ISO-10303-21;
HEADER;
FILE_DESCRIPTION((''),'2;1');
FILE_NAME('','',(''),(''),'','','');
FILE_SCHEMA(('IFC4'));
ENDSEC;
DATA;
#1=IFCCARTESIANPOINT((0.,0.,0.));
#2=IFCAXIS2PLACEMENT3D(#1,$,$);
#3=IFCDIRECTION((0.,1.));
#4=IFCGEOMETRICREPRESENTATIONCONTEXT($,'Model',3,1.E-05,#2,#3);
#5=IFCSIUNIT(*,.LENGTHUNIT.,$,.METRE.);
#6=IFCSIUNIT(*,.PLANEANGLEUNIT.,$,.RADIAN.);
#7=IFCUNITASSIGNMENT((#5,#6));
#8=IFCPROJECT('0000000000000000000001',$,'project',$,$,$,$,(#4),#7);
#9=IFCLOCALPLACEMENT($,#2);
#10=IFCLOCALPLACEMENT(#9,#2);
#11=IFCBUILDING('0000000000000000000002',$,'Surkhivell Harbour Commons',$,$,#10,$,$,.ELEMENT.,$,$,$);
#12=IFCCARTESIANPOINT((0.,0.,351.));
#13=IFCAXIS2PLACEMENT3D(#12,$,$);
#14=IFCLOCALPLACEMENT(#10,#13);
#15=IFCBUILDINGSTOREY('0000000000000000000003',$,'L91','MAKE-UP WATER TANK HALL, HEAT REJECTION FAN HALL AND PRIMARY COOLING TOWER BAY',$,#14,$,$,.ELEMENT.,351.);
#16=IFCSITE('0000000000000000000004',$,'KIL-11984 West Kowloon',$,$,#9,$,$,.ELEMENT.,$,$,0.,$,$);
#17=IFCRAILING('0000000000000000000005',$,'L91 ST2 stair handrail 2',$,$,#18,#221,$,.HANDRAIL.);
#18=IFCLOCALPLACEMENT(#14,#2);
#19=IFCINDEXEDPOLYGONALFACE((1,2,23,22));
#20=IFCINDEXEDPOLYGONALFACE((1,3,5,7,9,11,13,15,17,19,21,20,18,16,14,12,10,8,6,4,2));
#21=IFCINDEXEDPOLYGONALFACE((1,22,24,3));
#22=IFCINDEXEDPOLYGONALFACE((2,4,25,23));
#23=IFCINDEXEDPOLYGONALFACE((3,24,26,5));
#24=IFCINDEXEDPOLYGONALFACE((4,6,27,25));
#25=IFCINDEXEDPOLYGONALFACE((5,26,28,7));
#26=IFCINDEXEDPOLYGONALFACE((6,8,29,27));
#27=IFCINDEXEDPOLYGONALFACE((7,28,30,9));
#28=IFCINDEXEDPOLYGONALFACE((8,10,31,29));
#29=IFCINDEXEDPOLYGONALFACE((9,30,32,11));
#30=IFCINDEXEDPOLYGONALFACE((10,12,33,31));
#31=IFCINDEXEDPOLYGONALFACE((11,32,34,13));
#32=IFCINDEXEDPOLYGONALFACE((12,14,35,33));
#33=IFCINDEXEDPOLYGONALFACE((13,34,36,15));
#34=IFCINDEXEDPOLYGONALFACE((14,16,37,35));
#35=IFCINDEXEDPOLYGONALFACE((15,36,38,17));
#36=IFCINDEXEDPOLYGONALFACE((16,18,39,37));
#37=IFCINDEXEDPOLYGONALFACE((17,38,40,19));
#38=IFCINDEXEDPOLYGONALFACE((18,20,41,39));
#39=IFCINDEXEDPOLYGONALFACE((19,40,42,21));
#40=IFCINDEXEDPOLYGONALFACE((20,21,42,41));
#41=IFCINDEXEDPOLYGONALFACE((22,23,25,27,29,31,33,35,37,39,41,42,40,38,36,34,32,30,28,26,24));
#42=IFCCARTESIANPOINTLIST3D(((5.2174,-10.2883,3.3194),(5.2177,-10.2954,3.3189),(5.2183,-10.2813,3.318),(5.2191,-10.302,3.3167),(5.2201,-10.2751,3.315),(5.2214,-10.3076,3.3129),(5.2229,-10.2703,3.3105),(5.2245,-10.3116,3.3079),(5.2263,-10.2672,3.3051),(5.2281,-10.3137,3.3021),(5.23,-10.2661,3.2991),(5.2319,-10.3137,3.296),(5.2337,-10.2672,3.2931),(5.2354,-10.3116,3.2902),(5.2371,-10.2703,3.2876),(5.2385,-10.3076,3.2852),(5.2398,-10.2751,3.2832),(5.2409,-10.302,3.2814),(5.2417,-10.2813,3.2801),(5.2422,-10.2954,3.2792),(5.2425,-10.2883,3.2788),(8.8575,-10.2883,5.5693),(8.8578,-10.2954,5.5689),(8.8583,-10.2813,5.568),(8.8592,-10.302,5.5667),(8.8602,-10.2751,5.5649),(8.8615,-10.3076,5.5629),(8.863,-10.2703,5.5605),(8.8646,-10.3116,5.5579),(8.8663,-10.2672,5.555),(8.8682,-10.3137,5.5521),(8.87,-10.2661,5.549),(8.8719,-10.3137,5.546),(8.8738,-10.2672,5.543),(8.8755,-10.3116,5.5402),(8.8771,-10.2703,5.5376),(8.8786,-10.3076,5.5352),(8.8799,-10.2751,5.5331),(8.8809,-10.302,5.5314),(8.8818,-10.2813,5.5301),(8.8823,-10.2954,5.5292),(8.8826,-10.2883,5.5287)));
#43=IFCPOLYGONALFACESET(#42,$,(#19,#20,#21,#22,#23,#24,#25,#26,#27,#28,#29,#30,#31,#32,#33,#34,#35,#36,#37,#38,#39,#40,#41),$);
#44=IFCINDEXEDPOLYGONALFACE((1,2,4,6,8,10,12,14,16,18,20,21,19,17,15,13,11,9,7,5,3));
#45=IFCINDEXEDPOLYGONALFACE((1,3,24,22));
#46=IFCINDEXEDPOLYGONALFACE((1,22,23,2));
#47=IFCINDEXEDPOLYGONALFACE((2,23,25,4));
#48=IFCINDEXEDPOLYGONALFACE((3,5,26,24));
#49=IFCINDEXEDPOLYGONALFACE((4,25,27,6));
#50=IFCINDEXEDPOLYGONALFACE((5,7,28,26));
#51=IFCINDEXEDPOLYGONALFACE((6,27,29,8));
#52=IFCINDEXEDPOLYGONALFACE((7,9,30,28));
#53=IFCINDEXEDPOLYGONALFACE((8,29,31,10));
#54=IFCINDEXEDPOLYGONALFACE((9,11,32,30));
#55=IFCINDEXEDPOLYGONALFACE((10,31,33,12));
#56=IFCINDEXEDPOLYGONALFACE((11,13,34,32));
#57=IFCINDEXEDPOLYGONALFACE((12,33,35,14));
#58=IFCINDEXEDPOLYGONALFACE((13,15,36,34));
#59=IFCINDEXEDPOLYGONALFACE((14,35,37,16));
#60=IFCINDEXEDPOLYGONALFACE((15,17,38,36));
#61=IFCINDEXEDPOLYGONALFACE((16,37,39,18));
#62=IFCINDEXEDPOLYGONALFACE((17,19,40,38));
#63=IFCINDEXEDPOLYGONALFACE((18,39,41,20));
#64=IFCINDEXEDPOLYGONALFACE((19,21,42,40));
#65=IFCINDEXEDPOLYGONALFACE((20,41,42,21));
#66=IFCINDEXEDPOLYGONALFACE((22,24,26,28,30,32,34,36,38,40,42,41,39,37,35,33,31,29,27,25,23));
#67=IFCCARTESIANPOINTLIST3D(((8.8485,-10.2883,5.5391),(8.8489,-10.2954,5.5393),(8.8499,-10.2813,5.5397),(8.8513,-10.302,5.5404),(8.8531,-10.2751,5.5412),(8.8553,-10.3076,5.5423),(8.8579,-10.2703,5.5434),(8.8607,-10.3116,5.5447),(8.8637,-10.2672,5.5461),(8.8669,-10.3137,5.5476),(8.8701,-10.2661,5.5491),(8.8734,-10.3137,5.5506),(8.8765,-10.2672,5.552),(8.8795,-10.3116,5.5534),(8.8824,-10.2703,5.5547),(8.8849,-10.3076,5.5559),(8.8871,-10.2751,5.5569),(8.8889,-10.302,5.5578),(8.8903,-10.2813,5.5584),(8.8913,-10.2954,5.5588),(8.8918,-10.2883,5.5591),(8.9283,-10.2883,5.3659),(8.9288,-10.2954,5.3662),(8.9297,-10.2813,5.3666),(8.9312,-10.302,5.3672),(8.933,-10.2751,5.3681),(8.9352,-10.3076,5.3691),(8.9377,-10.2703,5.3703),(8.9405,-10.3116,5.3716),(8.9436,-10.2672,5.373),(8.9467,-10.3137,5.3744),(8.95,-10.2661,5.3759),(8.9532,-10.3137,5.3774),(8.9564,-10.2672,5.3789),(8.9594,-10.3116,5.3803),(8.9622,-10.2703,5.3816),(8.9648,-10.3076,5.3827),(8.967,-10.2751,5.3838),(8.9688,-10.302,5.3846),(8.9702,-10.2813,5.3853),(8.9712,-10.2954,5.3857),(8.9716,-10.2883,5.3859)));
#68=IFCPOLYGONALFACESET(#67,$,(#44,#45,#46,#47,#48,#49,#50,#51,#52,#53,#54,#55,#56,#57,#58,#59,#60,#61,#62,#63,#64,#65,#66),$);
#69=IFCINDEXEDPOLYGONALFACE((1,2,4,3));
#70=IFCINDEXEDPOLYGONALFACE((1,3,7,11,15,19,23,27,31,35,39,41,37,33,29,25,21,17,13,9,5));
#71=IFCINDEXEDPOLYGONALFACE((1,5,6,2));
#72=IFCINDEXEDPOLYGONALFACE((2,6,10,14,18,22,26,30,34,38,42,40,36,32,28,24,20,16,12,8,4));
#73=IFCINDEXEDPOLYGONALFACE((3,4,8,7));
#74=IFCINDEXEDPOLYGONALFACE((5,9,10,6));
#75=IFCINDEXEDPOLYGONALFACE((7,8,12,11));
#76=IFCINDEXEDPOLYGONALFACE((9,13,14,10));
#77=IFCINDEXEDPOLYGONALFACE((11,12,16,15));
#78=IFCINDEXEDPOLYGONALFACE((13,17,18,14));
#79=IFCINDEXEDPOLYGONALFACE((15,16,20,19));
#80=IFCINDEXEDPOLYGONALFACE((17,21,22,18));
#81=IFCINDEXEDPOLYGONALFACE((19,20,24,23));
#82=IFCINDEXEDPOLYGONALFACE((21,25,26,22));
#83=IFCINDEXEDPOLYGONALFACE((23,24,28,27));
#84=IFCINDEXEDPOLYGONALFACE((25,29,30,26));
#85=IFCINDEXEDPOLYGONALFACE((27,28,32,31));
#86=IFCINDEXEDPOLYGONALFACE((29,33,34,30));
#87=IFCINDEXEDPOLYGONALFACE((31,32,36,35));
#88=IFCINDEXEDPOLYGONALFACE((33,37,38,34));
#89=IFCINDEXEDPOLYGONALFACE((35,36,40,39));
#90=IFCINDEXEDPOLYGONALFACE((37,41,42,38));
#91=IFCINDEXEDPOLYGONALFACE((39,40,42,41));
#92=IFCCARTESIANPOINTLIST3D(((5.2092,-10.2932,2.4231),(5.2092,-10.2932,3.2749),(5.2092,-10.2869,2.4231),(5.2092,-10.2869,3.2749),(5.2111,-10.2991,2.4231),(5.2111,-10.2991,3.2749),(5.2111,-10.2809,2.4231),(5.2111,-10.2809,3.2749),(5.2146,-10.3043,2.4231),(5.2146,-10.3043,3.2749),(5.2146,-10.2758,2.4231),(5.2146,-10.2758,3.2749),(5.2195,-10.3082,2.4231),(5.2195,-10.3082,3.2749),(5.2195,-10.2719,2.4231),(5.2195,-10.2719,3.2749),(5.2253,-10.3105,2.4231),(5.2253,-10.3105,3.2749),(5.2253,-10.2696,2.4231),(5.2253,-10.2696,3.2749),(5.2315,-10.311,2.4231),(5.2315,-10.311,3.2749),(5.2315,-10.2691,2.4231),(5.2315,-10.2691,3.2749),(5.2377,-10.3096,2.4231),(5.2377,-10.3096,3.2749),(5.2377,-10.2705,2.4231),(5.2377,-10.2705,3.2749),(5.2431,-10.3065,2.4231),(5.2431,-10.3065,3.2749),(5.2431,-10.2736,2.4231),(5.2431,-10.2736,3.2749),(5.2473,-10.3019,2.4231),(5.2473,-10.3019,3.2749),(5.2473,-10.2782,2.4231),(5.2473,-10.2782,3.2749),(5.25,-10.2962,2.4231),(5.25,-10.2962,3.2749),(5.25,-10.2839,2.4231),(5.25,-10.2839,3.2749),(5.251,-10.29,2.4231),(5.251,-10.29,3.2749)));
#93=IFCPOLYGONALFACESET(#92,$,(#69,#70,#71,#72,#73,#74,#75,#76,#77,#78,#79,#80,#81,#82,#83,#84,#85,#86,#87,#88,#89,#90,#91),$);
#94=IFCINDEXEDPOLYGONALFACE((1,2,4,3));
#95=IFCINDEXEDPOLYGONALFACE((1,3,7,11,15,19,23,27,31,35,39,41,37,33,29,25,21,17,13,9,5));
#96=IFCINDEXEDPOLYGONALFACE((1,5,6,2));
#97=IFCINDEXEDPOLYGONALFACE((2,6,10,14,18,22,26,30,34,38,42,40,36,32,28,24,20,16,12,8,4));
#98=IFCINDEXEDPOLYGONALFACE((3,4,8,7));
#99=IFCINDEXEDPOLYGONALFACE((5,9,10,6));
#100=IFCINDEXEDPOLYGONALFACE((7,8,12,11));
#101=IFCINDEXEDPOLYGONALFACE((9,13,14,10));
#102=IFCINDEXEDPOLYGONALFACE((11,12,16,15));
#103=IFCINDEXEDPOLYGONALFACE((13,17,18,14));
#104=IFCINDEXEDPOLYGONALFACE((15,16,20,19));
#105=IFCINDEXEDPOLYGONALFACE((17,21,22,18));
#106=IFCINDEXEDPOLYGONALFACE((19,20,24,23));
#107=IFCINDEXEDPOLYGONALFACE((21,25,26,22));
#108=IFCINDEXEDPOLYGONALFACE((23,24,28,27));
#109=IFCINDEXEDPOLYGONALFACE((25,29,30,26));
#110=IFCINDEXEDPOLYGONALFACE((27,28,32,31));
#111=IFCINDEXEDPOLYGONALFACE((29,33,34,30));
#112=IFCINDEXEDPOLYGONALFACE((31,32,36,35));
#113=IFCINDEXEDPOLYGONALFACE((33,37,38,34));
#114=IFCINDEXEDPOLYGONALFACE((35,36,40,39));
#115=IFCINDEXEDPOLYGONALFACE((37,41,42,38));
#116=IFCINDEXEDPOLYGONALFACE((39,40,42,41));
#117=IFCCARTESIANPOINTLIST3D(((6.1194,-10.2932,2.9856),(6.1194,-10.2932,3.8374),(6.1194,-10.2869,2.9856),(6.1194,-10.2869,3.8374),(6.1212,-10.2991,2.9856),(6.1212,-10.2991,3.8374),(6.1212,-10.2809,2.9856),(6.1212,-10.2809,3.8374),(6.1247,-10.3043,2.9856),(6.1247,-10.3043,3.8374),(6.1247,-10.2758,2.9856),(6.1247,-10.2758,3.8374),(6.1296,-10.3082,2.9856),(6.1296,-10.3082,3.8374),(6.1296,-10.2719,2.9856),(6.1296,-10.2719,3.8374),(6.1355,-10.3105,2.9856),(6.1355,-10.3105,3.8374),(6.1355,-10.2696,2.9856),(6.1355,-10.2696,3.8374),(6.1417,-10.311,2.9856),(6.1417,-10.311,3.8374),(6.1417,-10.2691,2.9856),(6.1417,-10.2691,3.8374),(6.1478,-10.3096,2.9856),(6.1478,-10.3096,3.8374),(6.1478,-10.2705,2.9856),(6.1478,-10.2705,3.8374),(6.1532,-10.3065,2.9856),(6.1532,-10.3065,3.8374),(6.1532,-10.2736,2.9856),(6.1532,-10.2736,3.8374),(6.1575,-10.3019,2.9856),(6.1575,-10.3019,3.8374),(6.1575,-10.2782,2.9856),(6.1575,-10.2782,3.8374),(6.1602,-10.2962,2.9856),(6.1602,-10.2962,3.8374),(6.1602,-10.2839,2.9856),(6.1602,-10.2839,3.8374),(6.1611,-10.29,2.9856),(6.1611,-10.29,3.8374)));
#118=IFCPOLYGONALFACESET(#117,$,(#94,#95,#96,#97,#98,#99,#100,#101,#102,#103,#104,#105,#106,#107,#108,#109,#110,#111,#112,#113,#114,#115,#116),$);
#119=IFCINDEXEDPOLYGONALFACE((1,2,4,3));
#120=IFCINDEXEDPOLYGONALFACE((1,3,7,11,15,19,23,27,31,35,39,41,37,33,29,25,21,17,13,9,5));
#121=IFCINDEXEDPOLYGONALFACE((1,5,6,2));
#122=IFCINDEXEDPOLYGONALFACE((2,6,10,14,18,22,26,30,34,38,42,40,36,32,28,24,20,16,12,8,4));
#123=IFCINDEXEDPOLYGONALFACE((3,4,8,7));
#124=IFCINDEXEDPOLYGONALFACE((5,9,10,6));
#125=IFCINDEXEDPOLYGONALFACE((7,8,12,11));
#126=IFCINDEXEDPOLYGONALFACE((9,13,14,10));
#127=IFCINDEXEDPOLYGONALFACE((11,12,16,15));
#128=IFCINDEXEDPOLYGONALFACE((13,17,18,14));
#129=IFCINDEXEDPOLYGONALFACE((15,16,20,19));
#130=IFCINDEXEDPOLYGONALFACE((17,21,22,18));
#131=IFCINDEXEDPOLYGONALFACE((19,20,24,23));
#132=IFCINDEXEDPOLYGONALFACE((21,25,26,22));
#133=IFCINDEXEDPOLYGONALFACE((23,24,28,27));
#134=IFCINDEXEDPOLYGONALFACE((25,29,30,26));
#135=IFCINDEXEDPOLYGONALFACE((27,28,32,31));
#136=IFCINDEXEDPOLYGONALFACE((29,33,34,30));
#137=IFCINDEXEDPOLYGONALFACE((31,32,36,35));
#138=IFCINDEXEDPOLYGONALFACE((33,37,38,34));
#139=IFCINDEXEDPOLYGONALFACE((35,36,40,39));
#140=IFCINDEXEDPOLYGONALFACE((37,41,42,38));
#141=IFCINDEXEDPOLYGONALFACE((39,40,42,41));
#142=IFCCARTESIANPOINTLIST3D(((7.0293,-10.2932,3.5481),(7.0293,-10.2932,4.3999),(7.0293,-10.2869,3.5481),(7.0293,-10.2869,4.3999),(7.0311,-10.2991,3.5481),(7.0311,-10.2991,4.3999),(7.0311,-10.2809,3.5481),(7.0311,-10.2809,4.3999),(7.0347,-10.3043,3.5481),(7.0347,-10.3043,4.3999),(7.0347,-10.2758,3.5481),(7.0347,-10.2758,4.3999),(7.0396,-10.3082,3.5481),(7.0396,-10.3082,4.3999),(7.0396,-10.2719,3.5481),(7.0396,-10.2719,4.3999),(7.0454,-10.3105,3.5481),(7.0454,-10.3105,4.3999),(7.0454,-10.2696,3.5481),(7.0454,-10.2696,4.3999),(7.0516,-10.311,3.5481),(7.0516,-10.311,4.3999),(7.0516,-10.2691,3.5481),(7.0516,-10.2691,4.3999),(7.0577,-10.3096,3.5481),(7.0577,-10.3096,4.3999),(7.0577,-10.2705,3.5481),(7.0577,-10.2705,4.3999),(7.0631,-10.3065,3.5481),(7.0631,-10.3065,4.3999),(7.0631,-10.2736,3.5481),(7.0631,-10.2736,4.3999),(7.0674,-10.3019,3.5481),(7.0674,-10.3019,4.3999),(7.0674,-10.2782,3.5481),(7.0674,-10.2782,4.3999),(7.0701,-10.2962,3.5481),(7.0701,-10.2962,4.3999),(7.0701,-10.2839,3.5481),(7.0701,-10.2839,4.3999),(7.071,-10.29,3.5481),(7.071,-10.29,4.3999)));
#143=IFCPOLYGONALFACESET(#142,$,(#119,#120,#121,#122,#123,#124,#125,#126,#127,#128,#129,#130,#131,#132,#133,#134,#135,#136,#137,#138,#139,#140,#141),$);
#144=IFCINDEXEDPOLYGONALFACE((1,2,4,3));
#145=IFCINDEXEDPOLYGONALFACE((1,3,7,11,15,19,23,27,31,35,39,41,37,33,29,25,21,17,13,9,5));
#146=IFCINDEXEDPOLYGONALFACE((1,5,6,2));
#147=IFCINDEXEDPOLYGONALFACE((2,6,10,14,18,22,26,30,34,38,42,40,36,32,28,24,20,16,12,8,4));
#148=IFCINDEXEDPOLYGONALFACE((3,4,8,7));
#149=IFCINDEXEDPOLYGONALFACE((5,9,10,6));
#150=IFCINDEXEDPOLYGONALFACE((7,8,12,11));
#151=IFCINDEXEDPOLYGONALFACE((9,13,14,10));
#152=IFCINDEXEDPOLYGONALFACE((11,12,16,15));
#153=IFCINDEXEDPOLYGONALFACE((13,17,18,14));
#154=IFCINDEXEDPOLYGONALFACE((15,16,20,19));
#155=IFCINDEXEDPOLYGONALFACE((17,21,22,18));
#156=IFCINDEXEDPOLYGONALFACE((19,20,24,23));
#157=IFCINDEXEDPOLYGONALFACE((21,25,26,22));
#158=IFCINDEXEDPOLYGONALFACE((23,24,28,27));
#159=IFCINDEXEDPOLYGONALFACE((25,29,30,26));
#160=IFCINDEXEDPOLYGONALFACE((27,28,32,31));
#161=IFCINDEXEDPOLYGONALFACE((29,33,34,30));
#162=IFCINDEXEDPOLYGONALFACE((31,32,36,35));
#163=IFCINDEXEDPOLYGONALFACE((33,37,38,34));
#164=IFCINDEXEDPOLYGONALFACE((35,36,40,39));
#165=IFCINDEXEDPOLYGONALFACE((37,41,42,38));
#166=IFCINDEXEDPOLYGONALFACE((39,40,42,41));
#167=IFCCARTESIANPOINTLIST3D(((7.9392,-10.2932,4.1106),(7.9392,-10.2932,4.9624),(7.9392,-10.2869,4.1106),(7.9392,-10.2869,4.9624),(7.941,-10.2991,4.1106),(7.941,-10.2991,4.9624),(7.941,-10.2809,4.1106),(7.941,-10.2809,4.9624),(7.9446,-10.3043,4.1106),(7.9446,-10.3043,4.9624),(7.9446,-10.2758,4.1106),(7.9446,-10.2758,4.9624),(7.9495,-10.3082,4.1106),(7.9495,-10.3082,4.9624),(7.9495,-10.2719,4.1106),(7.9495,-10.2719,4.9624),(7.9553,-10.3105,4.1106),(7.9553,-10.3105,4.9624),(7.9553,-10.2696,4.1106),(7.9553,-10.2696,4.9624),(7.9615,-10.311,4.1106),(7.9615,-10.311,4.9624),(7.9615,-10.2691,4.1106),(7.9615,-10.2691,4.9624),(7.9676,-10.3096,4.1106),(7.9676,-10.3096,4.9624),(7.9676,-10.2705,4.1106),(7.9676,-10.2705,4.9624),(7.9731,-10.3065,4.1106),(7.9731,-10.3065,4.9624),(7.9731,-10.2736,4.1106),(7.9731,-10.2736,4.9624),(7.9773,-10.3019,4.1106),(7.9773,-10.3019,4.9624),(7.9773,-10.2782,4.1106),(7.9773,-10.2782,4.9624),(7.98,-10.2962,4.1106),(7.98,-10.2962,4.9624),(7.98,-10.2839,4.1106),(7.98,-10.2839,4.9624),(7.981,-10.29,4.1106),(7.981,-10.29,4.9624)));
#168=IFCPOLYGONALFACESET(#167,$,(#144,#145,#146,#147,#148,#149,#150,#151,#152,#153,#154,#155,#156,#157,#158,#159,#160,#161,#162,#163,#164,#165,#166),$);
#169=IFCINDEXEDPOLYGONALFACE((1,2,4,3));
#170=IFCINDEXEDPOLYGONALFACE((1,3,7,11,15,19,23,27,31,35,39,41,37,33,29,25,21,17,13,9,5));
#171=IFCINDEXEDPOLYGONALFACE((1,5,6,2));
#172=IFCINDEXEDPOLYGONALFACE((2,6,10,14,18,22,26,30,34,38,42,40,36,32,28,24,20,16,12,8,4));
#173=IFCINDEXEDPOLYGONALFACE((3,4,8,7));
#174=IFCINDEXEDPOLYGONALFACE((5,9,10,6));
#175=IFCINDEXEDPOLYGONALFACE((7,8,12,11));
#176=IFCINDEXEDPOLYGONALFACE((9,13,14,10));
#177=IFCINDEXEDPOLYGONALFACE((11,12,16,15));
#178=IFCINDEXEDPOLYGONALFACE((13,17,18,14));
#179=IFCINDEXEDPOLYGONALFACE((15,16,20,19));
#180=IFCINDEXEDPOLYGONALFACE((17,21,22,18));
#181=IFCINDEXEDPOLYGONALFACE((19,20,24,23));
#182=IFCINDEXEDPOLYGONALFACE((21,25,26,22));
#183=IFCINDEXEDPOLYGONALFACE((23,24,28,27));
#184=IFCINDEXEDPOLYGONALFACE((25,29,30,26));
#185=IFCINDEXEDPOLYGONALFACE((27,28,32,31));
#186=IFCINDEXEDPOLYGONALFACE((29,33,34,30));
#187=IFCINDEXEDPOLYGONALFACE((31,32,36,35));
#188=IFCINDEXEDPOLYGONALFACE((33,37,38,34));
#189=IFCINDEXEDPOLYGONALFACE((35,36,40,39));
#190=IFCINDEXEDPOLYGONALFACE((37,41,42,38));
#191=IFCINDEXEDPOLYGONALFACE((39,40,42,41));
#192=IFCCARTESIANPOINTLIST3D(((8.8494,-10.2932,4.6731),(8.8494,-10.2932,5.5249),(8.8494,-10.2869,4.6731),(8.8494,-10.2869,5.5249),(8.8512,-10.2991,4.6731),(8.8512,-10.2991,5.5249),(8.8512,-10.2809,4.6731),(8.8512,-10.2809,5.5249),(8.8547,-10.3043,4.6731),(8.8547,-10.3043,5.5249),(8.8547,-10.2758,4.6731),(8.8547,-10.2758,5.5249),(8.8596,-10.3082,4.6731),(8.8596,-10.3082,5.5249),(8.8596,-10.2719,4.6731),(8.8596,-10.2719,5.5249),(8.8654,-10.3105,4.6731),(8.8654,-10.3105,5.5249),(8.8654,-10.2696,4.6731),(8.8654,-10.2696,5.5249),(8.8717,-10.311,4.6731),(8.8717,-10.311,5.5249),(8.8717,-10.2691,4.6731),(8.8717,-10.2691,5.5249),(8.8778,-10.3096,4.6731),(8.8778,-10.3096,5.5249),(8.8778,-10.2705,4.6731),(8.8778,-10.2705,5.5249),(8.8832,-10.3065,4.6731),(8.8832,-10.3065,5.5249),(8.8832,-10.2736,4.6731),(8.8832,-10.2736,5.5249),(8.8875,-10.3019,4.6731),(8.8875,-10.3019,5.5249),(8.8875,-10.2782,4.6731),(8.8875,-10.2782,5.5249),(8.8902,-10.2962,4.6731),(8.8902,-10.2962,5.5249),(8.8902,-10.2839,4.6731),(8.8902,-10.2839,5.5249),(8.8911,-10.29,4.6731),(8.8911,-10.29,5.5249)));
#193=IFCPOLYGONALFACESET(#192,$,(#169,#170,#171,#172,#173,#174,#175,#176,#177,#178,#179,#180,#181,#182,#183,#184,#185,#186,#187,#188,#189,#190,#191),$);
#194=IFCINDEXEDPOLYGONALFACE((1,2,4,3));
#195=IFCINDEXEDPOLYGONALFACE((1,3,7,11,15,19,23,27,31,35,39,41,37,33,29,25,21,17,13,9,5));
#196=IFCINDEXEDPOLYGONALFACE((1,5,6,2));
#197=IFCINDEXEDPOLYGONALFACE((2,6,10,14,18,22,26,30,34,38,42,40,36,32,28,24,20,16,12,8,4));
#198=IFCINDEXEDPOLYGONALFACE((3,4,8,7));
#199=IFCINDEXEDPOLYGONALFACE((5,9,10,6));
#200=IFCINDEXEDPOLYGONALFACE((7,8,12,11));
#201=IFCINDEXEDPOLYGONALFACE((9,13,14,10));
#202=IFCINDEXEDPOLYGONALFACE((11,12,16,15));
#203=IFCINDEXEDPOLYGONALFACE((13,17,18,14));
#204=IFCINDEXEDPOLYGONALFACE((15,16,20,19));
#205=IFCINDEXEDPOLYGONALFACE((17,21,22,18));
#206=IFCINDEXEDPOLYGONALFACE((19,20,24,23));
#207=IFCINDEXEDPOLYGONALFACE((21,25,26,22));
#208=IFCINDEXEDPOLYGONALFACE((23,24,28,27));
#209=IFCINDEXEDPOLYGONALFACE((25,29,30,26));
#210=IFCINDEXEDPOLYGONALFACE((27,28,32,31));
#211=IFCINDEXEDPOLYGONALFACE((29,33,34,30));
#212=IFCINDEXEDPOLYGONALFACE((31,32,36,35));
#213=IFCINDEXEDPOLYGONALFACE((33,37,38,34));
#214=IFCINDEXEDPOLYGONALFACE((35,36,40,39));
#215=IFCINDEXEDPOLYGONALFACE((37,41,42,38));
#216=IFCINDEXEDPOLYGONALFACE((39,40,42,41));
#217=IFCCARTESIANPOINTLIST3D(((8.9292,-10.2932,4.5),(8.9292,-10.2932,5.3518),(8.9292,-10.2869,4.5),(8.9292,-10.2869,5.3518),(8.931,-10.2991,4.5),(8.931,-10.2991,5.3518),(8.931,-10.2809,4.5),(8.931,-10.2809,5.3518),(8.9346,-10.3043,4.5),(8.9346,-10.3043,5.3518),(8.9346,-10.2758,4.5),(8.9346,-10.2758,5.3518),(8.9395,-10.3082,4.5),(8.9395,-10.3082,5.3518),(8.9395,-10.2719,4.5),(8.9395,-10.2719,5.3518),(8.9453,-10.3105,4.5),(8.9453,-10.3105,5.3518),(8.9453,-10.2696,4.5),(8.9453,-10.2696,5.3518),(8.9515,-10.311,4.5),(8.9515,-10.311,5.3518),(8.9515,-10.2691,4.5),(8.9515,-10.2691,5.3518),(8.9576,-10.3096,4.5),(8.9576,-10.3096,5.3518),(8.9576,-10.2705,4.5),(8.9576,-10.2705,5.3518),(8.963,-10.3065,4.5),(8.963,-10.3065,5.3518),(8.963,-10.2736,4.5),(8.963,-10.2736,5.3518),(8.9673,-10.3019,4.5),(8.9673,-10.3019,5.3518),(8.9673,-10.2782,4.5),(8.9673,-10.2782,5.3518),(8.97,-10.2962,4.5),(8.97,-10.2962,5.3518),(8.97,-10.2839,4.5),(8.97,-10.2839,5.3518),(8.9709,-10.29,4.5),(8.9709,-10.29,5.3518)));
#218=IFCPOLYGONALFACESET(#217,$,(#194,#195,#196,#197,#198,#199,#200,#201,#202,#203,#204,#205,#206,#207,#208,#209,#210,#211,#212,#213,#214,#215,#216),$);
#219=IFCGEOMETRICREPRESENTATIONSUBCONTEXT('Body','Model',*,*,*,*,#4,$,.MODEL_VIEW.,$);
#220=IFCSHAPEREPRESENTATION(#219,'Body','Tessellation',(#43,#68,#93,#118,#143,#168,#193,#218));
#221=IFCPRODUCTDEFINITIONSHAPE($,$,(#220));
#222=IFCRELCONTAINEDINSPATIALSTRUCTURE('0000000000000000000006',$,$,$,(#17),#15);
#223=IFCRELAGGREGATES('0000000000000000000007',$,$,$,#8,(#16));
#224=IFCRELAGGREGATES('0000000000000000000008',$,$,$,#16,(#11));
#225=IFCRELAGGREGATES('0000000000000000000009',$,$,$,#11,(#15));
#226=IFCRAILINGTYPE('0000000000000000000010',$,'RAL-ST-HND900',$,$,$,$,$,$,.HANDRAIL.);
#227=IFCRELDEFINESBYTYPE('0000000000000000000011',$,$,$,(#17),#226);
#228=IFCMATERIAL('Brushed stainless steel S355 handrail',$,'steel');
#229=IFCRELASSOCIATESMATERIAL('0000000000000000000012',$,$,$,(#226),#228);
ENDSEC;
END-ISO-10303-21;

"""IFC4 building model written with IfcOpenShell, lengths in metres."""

from ifc_helpers import new_model, si_unit, direction, frame, origin, origin_2d, place, context, subcontext, project, spatial, circle, extrude, material, type_object, element, save


model = new_model("IFC4")

# Units and contexts
model_context = context("Model", 3, precision=1e-05, world=origin(), true_north=direction((0.0, 1.0)))
body_context = subcontext(model_context, "Body", "Model", "MODEL_VIEW")
ifc_project = project(units=[si_unit("LENGTHUNIT", "METRE"), si_unit("PLANEANGLEUNIT", "RADIAN")], contexts=[model_context])

# Site, building, storey
site_placement = place(None, origin())
site = spatial("IfcSite", under=ifc_project, at=site_placement, Name="KIL-11984 West Kowloon", CompositionType="ELEMENT", RefElevation=0.0)
building_placement = place(site_placement, origin())
building = spatial("IfcBuilding", under=site, at=building_placement, Name="Surkhivell Harbour Commons", CompositionType="ELEMENT")
storey_placement = place(building_placement, frame((0.0, 0.0, 351.0)))
storey = spatial("IfcBuildingStorey", under=building, at=storey_placement, Name="L91", Description="MAKE-UP WATER TANK HALL, HEAT REJECTION FAN HALL AND PRIMARY COOLING TOWER BAY", CompositionType="ELEMENT", Elevation=351.0)

# Railing
ifc_material_1 = material(Name="Brushed stainless steel S355 handrail", Category="steel")
railing_type = type_object("IfcRailingType", Name="RAL-ST-HND900", PredefinedType="HANDRAIL", material=ifc_material_1)
railing_placement = place(storey_placement, frame((5.23, -10.29, 2.4231)))
element("IfcRailing", 1, at=railing_placement, inside=storey, type_object=railing_type, Name="L91 ST2 stair handrail 2", PredefinedType="HANDRAIL", context=body_context, shape_type="SweptSolid", body=[
    extrude(circle(Radius=0.0239, at=origin_2d()), frame((0.0, 0.0, 0.876), z_axis=(0.850622, 0.0, 0.525777), x_axis=(0.0, 1.0, 0.0)), (0.0, 0.0, 1.0), 4.2793),
    extrude(circle(Radius=0.0239, at=origin_2d()), frame((3.6401, 0.0, 3.126), z_axis=(0.418815, 0.0, -0.908072), x_axis=(0.0, 1.0, 0.0)), (0.0, 0.0, 1.0), 0.1907),
    extrude(circle(Radius=0.021, at=origin_2d()), origin(), (0.0, 0.0, 1.0), 0.8518),
    extrude(circle(Radius=0.021, at=origin_2d()), frame((0.9102, 0.0, 0.5625)), (0.0, 0.0, 1.0), 0.8518),
    extrude(circle(Radius=0.021, at=origin_2d()), frame((1.8201, 0.0, 1.125)), (0.0, 0.0, 1.0), 0.8518),
    extrude(circle(Radius=0.021, at=origin_2d()), frame((2.73, 0.0, 1.6875)), (0.0, 0.0, 1.0), 0.8518),
    extrude(circle(Radius=0.021, at=origin_2d()), frame((3.6401, 0.0, 2.25)), (0.0, 0.0, 1.0), 0.8518),
    extrude(circle(Radius=0.021, at=origin_2d()), frame((3.72, 0.0, 2.0769)), (0.0, 0.0, 1.0), 0.8518),
])

save(model, "model.ifc")
